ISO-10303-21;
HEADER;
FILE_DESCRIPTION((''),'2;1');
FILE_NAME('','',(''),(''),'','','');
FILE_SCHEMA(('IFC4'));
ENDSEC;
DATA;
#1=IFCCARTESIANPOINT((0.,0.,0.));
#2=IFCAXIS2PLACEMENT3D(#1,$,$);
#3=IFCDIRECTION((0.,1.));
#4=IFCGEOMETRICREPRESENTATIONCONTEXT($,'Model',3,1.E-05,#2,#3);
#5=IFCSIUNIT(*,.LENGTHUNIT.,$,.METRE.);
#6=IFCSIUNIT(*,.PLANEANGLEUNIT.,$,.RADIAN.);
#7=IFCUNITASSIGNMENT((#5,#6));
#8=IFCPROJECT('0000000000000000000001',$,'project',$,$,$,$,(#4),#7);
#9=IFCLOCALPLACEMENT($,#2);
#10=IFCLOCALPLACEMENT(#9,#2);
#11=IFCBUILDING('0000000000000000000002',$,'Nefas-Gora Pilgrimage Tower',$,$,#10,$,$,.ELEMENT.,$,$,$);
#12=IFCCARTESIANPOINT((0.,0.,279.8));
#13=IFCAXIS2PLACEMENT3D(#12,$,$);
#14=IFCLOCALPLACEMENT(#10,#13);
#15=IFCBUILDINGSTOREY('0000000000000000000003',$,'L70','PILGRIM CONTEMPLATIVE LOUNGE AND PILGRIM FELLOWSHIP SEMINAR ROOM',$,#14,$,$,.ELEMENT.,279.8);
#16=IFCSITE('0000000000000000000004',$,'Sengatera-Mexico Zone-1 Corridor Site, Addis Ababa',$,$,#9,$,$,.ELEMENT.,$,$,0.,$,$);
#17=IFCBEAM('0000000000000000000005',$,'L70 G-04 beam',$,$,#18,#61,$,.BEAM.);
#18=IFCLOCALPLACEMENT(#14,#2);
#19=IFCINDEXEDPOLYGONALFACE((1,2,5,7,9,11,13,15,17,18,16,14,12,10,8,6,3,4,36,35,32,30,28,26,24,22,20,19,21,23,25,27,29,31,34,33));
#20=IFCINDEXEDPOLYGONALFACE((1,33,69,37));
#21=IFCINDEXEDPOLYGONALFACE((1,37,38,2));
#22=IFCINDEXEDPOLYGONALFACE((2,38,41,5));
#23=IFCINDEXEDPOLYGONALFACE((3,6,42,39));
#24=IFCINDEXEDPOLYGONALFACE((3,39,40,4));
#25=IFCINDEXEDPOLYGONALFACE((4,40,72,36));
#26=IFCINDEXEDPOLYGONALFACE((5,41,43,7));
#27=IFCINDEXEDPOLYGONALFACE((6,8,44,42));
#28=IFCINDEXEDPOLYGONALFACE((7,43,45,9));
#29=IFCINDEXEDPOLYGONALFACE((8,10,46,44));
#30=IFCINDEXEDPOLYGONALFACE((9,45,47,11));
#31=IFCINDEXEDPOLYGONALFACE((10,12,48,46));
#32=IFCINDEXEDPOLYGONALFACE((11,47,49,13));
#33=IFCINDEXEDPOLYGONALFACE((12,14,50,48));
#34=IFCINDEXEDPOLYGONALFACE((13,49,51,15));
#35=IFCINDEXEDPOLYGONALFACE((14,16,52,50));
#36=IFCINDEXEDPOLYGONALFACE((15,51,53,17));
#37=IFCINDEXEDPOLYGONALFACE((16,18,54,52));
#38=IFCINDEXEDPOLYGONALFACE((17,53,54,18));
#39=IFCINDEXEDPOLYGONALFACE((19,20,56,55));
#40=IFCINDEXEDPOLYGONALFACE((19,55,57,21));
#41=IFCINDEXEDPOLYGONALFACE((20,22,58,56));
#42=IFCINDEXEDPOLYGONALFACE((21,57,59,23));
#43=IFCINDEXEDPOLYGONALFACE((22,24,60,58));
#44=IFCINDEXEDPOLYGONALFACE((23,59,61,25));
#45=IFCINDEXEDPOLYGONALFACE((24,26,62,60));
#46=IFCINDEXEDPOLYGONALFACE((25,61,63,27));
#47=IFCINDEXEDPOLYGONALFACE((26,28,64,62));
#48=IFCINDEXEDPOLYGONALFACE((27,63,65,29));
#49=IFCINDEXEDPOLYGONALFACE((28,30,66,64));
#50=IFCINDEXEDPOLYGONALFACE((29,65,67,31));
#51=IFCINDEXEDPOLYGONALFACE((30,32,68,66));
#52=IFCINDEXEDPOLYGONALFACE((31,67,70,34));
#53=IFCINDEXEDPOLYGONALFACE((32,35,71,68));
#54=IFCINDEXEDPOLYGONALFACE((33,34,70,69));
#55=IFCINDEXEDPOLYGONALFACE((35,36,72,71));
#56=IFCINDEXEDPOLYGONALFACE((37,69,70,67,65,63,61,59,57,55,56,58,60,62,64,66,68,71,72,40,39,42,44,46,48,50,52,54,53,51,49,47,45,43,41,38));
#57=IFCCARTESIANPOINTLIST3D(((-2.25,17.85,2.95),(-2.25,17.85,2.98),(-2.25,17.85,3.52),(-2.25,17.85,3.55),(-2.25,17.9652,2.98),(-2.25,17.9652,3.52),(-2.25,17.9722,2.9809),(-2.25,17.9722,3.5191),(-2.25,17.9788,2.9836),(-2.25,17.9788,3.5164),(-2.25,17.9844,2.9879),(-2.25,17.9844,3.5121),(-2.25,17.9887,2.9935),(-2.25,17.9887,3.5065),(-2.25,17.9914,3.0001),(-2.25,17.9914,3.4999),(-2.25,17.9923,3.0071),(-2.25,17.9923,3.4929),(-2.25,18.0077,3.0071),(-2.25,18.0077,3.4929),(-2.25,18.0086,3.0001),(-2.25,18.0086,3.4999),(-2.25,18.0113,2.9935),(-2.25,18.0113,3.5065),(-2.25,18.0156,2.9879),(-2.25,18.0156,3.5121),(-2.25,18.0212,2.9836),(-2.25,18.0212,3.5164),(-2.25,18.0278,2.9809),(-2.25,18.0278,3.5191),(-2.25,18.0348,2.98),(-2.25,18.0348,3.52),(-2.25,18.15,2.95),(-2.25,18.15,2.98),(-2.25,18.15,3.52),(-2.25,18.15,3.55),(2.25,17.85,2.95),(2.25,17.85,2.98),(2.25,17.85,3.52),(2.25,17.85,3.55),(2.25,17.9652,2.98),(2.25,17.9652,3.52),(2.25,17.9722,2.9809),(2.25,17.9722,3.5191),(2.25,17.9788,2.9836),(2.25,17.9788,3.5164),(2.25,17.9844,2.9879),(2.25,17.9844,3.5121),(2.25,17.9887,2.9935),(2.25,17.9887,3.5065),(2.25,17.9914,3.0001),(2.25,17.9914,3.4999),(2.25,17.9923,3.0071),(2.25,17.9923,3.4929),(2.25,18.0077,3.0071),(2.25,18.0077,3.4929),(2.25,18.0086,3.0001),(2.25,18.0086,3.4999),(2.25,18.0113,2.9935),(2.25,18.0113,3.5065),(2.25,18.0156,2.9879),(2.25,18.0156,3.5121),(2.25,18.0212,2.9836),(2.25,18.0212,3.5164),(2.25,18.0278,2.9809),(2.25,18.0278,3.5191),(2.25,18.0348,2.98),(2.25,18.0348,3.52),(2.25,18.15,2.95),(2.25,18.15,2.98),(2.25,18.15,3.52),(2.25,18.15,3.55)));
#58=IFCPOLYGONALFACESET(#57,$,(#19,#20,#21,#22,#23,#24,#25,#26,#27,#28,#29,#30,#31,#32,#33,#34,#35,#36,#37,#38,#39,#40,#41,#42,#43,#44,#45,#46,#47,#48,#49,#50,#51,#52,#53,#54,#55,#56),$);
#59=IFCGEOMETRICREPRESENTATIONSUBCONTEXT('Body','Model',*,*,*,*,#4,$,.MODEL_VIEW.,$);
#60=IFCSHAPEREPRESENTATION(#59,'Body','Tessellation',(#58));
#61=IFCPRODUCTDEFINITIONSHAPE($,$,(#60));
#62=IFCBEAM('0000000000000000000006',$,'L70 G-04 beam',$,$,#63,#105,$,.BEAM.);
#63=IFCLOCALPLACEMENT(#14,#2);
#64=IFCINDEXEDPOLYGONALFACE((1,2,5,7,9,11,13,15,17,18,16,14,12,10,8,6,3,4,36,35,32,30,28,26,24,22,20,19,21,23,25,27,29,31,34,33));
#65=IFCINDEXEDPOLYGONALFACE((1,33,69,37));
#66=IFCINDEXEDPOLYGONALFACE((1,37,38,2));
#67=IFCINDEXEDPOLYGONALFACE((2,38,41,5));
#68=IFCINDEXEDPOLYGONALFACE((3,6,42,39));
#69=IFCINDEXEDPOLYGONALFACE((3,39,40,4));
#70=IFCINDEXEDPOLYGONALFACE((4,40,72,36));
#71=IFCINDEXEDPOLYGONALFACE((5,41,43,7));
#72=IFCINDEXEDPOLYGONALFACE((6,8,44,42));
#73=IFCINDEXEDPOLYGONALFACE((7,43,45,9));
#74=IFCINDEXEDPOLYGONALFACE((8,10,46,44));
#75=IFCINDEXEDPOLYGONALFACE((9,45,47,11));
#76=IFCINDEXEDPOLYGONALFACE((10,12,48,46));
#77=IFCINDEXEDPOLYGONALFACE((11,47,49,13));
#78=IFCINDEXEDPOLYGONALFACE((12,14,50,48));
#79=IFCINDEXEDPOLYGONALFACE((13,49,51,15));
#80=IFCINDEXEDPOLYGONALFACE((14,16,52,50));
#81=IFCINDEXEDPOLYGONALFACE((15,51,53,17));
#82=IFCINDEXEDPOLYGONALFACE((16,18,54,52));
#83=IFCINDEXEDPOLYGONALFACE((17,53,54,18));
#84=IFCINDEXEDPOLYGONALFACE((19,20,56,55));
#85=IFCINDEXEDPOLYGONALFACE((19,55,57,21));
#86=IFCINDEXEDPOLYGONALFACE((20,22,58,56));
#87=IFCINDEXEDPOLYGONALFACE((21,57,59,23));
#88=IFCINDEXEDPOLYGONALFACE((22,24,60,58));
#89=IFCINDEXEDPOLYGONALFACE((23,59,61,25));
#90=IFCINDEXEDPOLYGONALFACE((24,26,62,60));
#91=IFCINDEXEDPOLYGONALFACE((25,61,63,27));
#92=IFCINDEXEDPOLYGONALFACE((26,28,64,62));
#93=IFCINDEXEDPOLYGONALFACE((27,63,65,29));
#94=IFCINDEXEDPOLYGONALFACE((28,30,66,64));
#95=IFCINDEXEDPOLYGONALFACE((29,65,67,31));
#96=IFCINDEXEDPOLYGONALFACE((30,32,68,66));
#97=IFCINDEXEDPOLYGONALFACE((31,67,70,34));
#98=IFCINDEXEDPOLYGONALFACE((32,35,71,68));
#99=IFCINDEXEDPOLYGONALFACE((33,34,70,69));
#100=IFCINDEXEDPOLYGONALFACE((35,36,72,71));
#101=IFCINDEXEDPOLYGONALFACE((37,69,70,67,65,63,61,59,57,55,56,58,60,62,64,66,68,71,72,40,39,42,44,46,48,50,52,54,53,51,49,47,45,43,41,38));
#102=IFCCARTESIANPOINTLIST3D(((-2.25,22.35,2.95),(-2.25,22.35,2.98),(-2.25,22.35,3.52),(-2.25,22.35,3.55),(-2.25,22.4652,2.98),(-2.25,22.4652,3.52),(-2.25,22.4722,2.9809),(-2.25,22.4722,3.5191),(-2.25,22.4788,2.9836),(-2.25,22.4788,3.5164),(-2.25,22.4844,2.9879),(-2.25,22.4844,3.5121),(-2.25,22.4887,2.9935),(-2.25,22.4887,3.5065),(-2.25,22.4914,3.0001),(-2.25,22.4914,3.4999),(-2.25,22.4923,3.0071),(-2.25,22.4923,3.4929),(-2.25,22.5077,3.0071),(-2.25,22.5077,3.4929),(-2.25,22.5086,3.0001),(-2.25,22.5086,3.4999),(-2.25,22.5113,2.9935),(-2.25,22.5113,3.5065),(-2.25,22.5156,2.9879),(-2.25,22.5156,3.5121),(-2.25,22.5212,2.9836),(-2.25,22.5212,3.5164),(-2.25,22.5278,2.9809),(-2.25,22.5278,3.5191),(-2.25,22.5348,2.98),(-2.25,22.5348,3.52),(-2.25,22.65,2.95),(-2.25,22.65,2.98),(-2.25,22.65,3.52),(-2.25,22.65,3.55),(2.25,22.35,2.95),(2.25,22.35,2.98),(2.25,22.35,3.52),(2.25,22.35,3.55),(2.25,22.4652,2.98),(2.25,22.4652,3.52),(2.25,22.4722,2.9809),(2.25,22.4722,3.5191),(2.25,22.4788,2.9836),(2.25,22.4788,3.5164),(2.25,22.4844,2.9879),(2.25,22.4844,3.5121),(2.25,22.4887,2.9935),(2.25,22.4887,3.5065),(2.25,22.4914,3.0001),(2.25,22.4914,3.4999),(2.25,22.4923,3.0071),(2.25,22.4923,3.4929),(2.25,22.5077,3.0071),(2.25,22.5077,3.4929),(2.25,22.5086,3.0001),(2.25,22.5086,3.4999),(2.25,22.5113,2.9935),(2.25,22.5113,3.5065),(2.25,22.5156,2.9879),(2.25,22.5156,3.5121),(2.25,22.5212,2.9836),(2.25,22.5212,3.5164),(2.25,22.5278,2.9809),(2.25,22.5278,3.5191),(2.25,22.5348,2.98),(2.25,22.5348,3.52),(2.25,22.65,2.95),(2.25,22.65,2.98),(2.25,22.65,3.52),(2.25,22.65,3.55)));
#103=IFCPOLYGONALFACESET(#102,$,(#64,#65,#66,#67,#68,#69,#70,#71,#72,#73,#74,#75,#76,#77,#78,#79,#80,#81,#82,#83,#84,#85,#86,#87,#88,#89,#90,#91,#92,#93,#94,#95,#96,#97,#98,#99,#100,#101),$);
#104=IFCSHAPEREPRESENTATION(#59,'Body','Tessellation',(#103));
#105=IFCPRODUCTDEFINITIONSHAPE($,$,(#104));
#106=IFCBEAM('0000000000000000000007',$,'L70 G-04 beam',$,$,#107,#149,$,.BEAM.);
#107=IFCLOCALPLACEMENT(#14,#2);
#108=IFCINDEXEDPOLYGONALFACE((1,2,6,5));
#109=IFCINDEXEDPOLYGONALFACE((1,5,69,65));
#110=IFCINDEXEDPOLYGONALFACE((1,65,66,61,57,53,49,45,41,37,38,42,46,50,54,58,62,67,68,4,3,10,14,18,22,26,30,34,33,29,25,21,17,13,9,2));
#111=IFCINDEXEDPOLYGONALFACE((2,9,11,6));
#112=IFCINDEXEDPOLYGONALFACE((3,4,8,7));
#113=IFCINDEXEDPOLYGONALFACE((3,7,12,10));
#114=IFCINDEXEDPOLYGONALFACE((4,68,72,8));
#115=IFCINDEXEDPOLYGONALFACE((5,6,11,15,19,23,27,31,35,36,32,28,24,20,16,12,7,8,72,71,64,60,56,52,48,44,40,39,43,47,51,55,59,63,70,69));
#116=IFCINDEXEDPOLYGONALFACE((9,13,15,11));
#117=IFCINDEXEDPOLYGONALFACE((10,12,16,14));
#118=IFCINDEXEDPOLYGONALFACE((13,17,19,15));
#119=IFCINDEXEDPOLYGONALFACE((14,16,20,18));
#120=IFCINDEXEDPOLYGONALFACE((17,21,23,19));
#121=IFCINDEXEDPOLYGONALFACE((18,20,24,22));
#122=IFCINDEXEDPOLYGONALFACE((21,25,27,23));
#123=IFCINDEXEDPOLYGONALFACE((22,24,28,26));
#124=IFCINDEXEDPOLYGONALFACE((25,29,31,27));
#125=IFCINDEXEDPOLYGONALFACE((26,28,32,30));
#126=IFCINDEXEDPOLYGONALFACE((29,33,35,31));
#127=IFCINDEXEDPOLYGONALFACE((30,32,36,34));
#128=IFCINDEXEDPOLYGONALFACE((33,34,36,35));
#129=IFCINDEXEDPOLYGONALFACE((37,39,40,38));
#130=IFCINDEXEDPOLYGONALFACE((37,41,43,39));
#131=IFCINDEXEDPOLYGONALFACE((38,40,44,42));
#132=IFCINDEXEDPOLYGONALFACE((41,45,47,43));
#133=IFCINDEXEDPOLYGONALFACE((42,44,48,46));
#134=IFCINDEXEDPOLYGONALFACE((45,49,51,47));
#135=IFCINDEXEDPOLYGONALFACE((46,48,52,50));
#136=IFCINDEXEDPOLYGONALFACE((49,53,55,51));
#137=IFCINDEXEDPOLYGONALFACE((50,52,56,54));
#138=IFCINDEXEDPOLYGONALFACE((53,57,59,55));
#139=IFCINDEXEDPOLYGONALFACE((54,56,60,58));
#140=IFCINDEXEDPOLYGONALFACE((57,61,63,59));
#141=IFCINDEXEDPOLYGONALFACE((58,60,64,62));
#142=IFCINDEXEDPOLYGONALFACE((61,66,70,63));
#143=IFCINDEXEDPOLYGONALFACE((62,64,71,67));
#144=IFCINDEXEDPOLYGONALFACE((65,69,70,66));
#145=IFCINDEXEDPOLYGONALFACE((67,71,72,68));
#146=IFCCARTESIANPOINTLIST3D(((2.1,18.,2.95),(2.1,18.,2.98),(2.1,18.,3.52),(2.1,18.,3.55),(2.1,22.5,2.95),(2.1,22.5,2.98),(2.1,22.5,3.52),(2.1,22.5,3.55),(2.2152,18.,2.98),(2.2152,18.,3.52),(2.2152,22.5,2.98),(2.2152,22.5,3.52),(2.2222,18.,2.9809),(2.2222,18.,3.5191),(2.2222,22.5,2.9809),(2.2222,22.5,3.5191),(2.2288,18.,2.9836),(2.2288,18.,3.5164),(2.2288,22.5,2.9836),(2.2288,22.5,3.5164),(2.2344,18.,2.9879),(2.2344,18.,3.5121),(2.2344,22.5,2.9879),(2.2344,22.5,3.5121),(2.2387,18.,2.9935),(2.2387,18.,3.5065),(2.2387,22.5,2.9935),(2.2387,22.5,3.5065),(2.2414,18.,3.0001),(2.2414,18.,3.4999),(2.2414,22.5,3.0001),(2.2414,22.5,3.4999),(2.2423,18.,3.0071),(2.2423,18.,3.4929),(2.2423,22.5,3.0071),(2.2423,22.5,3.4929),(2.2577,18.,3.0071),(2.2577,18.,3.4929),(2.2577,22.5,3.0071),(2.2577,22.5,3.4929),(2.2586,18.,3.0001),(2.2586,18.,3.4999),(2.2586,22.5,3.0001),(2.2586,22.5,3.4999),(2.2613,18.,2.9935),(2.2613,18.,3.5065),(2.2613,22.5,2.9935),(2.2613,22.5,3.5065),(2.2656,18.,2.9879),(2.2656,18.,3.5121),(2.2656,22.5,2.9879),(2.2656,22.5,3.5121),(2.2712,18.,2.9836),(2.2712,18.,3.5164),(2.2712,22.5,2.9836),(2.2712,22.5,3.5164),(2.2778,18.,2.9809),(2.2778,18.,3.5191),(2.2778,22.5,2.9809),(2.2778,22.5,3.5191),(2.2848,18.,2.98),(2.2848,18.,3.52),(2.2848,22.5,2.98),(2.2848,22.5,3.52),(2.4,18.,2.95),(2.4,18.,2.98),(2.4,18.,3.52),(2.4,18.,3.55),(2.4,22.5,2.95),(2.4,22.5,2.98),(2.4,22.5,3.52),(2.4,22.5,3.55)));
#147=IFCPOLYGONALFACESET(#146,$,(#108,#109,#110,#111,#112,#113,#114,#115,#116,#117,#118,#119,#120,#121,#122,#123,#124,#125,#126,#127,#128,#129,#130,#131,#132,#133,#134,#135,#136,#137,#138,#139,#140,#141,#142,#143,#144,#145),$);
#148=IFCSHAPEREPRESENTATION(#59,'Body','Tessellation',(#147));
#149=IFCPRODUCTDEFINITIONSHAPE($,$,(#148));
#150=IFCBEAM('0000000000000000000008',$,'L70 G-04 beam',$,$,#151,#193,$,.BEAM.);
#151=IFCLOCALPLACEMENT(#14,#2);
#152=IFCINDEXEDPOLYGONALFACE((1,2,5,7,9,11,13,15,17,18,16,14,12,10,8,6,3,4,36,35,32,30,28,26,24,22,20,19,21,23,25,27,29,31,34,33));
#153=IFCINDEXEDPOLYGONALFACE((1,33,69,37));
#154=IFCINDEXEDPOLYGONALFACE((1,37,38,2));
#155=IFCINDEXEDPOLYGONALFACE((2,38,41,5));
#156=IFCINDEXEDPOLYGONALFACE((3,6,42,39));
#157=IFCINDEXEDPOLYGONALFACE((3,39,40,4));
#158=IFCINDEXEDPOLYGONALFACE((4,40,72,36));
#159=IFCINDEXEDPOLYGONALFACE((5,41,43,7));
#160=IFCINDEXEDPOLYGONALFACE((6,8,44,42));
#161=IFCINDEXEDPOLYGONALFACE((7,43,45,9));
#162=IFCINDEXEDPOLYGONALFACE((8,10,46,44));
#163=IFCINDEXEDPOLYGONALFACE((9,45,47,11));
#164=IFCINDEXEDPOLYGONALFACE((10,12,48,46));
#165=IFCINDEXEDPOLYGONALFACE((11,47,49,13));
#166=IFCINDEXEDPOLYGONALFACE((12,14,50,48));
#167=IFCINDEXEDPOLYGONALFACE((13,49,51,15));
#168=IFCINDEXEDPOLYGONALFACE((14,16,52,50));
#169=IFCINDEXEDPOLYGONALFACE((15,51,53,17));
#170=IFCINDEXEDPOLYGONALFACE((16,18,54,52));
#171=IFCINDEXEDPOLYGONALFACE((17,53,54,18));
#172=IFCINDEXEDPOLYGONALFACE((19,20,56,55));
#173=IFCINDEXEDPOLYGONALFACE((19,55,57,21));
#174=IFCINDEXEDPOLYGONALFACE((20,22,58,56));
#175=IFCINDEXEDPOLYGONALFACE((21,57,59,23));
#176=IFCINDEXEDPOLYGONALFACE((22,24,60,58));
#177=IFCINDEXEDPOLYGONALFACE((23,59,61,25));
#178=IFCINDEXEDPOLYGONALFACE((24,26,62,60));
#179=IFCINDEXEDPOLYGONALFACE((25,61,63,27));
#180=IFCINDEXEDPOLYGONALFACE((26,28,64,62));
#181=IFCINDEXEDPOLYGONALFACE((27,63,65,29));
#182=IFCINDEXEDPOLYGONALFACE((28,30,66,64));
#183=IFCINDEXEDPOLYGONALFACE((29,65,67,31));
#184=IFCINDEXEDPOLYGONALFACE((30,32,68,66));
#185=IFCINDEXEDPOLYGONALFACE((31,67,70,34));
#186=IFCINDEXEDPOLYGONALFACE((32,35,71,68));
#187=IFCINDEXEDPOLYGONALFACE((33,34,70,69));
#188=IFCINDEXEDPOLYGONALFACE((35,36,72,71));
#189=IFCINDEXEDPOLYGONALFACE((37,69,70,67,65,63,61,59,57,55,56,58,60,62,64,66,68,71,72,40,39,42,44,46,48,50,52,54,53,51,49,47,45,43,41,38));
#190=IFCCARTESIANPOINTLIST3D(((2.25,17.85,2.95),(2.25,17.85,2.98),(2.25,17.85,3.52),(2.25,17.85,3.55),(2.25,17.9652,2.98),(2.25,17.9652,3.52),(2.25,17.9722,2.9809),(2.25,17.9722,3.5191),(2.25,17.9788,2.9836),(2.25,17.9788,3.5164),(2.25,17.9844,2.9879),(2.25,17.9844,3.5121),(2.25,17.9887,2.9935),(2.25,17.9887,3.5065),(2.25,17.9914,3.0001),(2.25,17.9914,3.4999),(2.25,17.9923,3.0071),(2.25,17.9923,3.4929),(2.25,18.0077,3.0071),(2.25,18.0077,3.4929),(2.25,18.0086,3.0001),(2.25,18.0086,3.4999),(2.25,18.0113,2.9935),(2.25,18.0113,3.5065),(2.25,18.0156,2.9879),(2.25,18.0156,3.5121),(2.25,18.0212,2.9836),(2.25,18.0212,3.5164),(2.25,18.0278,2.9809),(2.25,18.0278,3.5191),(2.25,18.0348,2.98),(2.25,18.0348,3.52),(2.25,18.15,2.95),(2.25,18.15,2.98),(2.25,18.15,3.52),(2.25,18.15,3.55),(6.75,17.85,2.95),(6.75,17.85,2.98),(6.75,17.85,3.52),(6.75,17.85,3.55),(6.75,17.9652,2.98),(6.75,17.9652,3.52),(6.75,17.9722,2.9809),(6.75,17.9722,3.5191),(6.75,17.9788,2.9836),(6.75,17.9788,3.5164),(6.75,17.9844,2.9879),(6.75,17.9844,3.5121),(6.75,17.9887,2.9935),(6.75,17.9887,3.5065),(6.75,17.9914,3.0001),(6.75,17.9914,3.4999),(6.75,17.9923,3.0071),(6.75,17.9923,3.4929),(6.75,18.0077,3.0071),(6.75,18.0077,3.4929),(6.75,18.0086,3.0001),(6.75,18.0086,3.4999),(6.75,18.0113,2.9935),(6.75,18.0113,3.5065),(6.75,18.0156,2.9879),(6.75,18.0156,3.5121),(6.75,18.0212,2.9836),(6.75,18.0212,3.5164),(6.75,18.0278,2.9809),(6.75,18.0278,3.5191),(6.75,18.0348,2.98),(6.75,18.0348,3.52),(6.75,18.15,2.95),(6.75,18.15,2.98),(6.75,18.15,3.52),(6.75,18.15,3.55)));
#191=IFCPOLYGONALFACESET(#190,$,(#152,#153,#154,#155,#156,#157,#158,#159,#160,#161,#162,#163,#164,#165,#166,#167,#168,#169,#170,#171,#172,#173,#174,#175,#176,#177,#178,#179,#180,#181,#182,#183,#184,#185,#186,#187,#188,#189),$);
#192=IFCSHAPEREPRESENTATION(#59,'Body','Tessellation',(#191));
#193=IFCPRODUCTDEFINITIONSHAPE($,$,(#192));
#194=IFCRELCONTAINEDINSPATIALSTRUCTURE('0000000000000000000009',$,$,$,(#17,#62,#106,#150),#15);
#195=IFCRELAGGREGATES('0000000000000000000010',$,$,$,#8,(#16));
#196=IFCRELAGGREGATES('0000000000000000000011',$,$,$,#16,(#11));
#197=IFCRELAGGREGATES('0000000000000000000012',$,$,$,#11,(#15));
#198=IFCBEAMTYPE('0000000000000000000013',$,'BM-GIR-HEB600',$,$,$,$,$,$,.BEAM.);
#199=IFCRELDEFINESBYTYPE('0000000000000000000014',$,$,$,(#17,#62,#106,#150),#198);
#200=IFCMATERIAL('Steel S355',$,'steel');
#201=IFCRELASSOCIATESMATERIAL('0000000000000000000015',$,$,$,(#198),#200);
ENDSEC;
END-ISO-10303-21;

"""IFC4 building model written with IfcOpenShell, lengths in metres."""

from ifc_helpers import new_model, si_unit, direction, frame, origin, origin_2d, place, context, subcontext, project, spatial, i_section, extrude, source, transform, mapped, material, material_profile, profile_set, type_object, element, save


model = new_model("IFC4")

# Units and contexts
model_context = context("Model", 3, precision=1e-05, world=origin(), true_north=direction((0.0, 1.0)))
body_context = subcontext(model_context, "Body", "Model", "MODEL_VIEW")
ifc_project = project(units=[si_unit("LENGTHUNIT", "METRE"), si_unit("PLANEANGLEUNIT", "RADIAN")], contexts=[model_context])

# Site, building, storey
site_placement = place(None, origin())
site = spatial("IfcSite", under=ifc_project, at=site_placement, Name="Sengatera-Mexico Zone-1 Corridor Site, Addis Ababa", CompositionType="ELEMENT", RefElevation=0.0)
building_placement = place(site_placement, origin())
building = spatial("IfcBuilding", under=site, at=building_placement, Name="Nefas-Gora Pilgrimage Tower", CompositionType="ELEMENT")
storey_placement = place(building_placement, frame((0.0, 0.0, 279.8)))
storey = spatial("IfcBuildingStorey", under=building, at=storey_placement, Name="L70", Description="PILGRIM CONTEMPLATIVE LOUNGE AND PILGRIM FELLOWSHIP SEMINAR ROOM", CompositionType="ELEMENT", Elevation=279.8)

# Shared definitions
ifc_material_1 = material(Name="Steel S355", Category="steel")

# Beams
ifc_material_profile_1 = material_profile(ifc_material_1, i_section(OverallWidth=0.3, OverallDepth=0.6001, WebThickness=0.0154, FlangeThickness=0.03, FilletRadius=0.0271, at=origin_2d()), Name="HEB 600")
ifc_profile_set_1 = profile_set([ifc_material_profile_1], Name="Steel S355")
beam_type = type_object("IfcBeamType", Name="BM-GIR-HEB600", PredefinedType="BEAM", material=ifc_profile_set_1)
shared_shape_1 = source(origin(), body_context, "Body", "SweptSolid", [
    extrude(i_section(OverallWidth=0.3, OverallDepth=0.6001, WebThickness=0.0154, FlangeThickness=0.03, FilletRadius=0.0271, at=origin_2d()), origin(), (0.0, 0.0, 1.0), 4.5),
])
for number, where, z_axis, x_axis, name in (
    (1, (-2.25, 18.0, 3.25), (1.0, 0.0, 0.0), (0.0, 1.0, 0.0), "L70 G-04 beam"),
    (2, (-2.25, 22.5, 3.25), (1.0, 0.0, 0.0), (0.0, 1.0, 0.0), "L70 G-04 beam"),
    (3, (2.25, 18.0, 3.25), (0.0, 1.0, 0.0), (-1.0, 0.0, 0.0), "L70 G-04 beam"),
    (4, (2.25, 18.0, 3.25), (1.0, 0.0, 0.0), (0.0, 1.0, 0.0), "L70 G-04 beam"),
):
    element("IfcBeam", number, at=place(storey_placement, frame(where, z_axis=z_axis, x_axis=x_axis)), inside=storey, type_object=beam_type, Name=name, PredefinedType="BEAM", context=body_context, shape_type="MappedRepresentation", body=[
        mapped(shared_shape_1, transform((0.0, 0.0, 0.0), x_axis=(1.0, 0.0, 0.0), y_axis=(0.0, 1.0, 0.0), z_axis=(0.0, 0.0, 1.0), scale=1.0)),
    ])

save(model, "model.ifc")
